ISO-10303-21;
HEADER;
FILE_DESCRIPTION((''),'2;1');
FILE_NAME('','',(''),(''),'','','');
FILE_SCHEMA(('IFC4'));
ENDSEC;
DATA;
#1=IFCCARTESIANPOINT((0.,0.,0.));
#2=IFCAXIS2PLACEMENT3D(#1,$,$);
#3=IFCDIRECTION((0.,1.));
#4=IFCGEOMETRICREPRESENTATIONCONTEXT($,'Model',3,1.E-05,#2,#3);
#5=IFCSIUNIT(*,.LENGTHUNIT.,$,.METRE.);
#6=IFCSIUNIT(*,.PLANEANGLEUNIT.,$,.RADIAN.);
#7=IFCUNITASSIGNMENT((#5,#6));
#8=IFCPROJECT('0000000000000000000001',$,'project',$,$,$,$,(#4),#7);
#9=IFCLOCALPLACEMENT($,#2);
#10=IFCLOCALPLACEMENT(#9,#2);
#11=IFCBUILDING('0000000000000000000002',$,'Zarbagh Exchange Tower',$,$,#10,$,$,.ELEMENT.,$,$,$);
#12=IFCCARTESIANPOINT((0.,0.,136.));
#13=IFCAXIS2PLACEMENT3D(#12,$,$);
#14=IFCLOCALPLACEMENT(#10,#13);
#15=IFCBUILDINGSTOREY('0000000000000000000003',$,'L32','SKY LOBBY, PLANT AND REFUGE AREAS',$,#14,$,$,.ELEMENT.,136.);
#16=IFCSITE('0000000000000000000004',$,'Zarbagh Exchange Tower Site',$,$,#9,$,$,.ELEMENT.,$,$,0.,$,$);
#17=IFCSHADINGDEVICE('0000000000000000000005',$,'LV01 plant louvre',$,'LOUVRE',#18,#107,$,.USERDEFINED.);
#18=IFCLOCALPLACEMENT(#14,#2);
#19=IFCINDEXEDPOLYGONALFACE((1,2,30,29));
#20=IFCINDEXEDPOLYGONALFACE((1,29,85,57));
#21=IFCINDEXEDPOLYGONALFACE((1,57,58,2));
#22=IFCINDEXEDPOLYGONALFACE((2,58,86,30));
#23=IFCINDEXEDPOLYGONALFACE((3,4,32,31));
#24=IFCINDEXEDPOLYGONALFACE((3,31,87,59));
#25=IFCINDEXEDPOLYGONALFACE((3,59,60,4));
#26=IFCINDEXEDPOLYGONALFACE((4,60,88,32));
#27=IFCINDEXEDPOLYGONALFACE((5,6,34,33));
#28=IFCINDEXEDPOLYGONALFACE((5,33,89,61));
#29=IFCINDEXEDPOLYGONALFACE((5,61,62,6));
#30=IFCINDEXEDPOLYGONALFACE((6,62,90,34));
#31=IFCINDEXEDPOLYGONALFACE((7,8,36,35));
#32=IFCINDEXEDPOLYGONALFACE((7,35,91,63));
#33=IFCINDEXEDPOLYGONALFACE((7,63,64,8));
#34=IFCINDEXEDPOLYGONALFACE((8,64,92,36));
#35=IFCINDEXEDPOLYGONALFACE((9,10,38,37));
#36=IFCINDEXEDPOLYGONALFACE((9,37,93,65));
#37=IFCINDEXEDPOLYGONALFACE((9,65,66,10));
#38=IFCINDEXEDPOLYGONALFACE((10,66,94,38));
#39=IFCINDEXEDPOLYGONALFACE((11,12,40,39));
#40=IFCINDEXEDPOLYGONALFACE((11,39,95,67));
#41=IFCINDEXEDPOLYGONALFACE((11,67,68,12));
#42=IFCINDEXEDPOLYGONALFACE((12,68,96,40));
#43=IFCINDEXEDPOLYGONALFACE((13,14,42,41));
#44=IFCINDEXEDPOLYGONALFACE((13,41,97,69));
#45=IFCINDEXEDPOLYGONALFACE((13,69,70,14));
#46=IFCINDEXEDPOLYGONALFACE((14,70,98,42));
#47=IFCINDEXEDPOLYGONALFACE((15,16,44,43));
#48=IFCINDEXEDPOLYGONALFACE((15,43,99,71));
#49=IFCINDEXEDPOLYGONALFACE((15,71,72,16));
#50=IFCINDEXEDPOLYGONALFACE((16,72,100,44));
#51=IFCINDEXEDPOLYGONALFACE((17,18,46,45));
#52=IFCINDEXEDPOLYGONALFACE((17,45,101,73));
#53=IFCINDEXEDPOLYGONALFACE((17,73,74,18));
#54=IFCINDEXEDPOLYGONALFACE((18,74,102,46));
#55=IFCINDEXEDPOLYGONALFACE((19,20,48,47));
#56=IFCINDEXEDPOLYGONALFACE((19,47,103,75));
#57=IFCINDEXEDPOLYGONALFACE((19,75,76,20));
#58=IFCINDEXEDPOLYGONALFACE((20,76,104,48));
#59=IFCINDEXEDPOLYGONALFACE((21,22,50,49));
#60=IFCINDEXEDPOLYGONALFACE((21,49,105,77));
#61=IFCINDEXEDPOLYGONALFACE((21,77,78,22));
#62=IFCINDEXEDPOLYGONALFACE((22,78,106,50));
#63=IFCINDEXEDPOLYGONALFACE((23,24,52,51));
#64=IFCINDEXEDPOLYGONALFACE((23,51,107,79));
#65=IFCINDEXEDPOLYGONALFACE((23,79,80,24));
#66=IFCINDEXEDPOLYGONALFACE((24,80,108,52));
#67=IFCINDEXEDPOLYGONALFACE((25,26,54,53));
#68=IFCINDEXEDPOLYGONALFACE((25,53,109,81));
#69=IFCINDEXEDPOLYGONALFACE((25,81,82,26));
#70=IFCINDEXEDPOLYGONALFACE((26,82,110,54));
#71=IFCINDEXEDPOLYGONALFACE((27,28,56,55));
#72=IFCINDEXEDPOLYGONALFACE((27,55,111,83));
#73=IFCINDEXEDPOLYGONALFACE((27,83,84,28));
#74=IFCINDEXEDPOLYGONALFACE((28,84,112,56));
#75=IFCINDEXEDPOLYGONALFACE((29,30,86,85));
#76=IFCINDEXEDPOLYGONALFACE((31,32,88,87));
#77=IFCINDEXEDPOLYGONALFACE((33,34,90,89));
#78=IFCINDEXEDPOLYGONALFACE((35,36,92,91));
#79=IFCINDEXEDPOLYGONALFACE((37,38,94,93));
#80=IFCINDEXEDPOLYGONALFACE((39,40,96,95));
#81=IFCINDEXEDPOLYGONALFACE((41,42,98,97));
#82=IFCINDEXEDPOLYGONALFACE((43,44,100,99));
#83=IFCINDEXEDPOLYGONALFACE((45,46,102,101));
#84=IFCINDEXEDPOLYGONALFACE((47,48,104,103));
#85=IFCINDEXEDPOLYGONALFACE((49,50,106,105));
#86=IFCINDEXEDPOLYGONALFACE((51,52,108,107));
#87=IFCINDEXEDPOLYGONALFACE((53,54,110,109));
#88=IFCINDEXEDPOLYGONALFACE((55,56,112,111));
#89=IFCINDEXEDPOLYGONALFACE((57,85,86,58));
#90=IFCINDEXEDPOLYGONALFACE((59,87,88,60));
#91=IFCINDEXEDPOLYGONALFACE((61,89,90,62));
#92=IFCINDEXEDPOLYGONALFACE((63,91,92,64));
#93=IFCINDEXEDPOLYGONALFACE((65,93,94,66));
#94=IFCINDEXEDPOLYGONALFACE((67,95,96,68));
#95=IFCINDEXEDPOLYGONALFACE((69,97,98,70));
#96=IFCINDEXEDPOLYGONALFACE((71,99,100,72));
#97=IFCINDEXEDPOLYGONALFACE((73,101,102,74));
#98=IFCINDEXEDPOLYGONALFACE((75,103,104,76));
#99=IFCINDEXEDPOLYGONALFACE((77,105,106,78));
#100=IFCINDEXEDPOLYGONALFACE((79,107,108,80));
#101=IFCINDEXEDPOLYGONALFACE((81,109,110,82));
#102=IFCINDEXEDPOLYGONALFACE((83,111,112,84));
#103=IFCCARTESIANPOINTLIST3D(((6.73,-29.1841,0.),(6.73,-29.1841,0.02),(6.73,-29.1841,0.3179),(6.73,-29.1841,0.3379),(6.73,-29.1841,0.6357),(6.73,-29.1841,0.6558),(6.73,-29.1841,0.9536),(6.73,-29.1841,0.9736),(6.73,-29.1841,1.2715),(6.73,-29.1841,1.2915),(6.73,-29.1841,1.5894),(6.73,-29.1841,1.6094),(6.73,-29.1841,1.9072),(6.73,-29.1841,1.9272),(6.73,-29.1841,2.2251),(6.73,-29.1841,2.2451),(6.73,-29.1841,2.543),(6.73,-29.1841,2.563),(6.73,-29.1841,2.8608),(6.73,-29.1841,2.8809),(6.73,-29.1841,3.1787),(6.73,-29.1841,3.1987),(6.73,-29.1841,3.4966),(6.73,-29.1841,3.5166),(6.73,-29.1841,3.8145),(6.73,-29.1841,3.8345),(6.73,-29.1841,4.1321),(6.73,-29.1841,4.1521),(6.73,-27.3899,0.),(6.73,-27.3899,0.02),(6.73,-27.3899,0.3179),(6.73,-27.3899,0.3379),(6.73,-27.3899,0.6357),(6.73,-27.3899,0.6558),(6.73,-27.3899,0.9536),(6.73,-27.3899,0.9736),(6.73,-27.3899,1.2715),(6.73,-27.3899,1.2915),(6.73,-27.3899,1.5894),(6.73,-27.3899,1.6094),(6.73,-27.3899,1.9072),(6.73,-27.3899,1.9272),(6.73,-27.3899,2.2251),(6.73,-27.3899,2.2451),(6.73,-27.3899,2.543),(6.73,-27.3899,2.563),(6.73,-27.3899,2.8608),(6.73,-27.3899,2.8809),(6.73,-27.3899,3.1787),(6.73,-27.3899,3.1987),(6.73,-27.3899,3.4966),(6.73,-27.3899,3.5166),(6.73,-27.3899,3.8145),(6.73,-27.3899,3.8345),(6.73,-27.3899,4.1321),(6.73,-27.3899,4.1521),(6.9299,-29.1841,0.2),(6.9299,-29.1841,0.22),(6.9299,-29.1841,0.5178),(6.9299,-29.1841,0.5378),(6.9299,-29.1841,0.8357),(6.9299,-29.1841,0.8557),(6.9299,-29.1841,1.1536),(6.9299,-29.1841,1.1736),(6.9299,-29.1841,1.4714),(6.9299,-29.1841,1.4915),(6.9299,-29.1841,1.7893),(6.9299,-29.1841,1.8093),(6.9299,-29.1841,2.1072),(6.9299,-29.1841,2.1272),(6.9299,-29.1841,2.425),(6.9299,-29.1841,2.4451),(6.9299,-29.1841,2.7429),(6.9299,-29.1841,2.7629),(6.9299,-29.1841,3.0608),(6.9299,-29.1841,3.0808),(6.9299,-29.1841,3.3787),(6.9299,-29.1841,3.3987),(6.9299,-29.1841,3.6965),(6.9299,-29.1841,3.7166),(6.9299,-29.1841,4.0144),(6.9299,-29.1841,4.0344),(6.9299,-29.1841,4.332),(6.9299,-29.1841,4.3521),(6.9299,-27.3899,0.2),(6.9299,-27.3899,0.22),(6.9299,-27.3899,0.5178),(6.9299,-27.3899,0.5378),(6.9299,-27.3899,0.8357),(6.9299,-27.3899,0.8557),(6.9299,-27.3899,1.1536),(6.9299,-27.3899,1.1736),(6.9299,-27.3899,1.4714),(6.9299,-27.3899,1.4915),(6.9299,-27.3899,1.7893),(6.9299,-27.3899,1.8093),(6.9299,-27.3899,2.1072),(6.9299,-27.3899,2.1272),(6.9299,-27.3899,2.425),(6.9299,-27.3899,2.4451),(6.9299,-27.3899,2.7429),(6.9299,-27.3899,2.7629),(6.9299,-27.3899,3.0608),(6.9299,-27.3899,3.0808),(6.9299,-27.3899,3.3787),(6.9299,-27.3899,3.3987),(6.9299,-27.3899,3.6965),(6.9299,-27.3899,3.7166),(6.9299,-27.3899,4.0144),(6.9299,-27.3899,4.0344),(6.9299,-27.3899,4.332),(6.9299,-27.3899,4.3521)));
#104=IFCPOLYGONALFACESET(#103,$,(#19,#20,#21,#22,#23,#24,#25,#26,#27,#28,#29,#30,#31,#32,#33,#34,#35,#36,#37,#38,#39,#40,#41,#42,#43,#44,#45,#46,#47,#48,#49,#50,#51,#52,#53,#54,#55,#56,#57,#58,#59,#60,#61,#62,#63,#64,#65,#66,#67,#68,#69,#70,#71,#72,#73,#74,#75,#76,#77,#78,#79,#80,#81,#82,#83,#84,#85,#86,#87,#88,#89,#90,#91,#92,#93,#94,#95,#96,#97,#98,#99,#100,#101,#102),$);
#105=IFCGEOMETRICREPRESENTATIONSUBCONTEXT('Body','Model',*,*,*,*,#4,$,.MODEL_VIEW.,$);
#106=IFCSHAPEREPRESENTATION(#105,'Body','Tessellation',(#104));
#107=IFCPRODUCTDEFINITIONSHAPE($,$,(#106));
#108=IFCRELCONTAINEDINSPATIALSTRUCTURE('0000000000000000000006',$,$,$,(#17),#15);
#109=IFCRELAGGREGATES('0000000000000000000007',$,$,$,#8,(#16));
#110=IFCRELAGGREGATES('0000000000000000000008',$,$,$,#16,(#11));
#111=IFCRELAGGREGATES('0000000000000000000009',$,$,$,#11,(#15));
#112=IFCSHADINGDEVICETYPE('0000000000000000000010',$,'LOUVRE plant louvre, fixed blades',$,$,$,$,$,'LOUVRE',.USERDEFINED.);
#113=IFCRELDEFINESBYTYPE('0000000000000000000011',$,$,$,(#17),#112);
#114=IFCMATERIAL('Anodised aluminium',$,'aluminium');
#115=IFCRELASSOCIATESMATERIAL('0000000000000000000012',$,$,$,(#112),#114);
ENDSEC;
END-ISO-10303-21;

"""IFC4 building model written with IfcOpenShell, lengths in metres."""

from ifc_helpers import new_model, si_unit, direction, frame, origin, place, context, subcontext, project, spatial, polyline, outline, extrude, source, transform, mapped, material, type_object, element, save


model = new_model("IFC4")

# Units and contexts
model_context = context("Model", 3, precision=1e-05, world=origin(), true_north=direction((0.0, 1.0)))
body_context = subcontext(model_context, "Body", "Model", "MODEL_VIEW")
ifc_project = project(units=[si_unit("LENGTHUNIT", "METRE"), si_unit("PLANEANGLEUNIT", "RADIAN")], contexts=[model_context])

# Site, building, storey
site_placement = place(None, origin())
site = spatial("IfcSite", under=ifc_project, at=site_placement, Name="Zarbagh Exchange Tower Site", CompositionType="ELEMENT", RefElevation=0.0)
building_placement = place(site_placement, origin())
building = spatial("IfcBuilding", under=site, at=building_placement, Name="Zarbagh Exchange Tower", CompositionType="ELEMENT")
storey_placement = place(building_placement, frame((0.0, 0.0, 136.0)))
storey = spatial("IfcBuildingStorey", under=building, at=storey_placement, Name="L32", Description="SKY LOBBY, PLANT AND REFUGE AREAS", CompositionType="ELEMENT", Elevation=136.0)

# Shared definitions
placement = place(storey_placement, origin())

# Shading device
ifc_material_1 = material(Name="Anodised aluminium", Category="aluminium")
shading_device_type = type_object("IfcShadingDeviceType", Name="LOUVRE plant louvre, fixed blades", ElementType="LOUVRE", PredefinedType="USERDEFINED", material=ifc_material_1)
shared_shape_1 = source(origin(), body_context, "Body", "SweptSolid", [
    extrude(outline(polyline([(0.0, 0.2), (0.2, 0.0), (0.2, -0.02), (0.0, 0.1799), (0.0, 0.2)])), origin(), (0.0, 0.0, 1.0), 1.7942),
])
element("IfcShadingDevice", 1, at=placement, inside=storey, type_object=shading_device_type, Name="LV01 plant louvre", ObjectType="LOUVRE", PredefinedType="USERDEFINED", context=body_context, shape_type="MappedRepresentation", body=[
    mapped(shared_shape_1, transform((6.73, -29.1841, 0.2), x_axis=(1.0, 0.0, 0.0), y_axis=(0.0, 0.0, -1.0), z_axis=(0.0, 1.0, 0.0))),
    mapped(shared_shape_1, transform((6.73, -29.1841, 0.5178), x_axis=(1.0, 0.0, 0.0), y_axis=(0.0, 0.0, -1.0), z_axis=(0.0, 1.0, 0.0))),
    mapped(shared_shape_1, transform((6.73, -29.1841, 0.8357), x_axis=(1.0, 0.0, 0.0), y_axis=(0.0, 0.0, -1.0), z_axis=(0.0, 1.0, 0.0))),
    mapped(shared_shape_1, transform((6.73, -29.1841, 1.1536), x_axis=(1.0, 0.0, 0.0), y_axis=(0.0, 0.0, -1.0), z_axis=(0.0, 1.0, 0.0))),
    mapped(shared_shape_1, transform((6.73, -29.1841, 1.4714), x_axis=(1.0, 0.0, 0.0), y_axis=(0.0, 0.0, -1.0), z_axis=(0.0, 1.0, 0.0))),
    mapped(shared_shape_1, transform((6.73, -29.1841, 1.7893), x_axis=(1.0, 0.0, 0.0), y_axis=(0.0, 0.0, -1.0), z_axis=(0.0, 1.0, 0.0))),
    mapped(shared_shape_1, transform((6.73, -29.1841, 2.1072), x_axis=(1.0, 0.0, 0.0), y_axis=(0.0, 0.0, -1.0), z_axis=(0.0, 1.0, 0.0))),
    mapped(shared_shape_1, transform((6.73, -29.1841, 2.425), x_axis=(1.0, 0.0, 0.0), y_axis=(0.0, 0.0, -1.0), z_axis=(0.0, 1.0, 0.0))),
    mapped(shared_shape_1, transform((6.73, -29.1841, 2.7429), x_axis=(1.0, 0.0, 0.0), y_axis=(0.0, 0.0, -1.0), z_axis=(0.0, 1.0, 0.0))),
    mapped(shared_shape_1, transform((6.73, -29.1841, 3.0608), x_axis=(1.0, 0.0, 0.0), y_axis=(0.0, 0.0, -1.0), z_axis=(0.0, 1.0, 0.0))),
    mapped(shared_shape_1, transform((6.73, -29.1841, 3.3787), x_axis=(1.0, 0.0, 0.0), y_axis=(0.0, 0.0, -1.0), z_axis=(0.0, 1.0, 0.0))),
    mapped(shared_shape_1, transform((6.73, -29.1841, 3.6965), x_axis=(1.0, 0.0, 0.0), y_axis=(0.0, 0.0, -1.0), z_axis=(0.0, 1.0, 0.0))),
    mapped(shared_shape_1, transform((6.73, -29.1841, 4.0144), x_axis=(1.0, 0.0, 0.0), y_axis=(0.0, 0.0, -1.0), z_axis=(0.0, 1.0, 0.0))),
    mapped(shared_shape_1, transform((6.73, -29.1841, 4.332), x_axis=(1.0, 0.0, 0.0), y_axis=(0.0, 0.0, -1.0), z_axis=(0.0, 1.0, 0.0))),
])

save(model, "model.ifc")
